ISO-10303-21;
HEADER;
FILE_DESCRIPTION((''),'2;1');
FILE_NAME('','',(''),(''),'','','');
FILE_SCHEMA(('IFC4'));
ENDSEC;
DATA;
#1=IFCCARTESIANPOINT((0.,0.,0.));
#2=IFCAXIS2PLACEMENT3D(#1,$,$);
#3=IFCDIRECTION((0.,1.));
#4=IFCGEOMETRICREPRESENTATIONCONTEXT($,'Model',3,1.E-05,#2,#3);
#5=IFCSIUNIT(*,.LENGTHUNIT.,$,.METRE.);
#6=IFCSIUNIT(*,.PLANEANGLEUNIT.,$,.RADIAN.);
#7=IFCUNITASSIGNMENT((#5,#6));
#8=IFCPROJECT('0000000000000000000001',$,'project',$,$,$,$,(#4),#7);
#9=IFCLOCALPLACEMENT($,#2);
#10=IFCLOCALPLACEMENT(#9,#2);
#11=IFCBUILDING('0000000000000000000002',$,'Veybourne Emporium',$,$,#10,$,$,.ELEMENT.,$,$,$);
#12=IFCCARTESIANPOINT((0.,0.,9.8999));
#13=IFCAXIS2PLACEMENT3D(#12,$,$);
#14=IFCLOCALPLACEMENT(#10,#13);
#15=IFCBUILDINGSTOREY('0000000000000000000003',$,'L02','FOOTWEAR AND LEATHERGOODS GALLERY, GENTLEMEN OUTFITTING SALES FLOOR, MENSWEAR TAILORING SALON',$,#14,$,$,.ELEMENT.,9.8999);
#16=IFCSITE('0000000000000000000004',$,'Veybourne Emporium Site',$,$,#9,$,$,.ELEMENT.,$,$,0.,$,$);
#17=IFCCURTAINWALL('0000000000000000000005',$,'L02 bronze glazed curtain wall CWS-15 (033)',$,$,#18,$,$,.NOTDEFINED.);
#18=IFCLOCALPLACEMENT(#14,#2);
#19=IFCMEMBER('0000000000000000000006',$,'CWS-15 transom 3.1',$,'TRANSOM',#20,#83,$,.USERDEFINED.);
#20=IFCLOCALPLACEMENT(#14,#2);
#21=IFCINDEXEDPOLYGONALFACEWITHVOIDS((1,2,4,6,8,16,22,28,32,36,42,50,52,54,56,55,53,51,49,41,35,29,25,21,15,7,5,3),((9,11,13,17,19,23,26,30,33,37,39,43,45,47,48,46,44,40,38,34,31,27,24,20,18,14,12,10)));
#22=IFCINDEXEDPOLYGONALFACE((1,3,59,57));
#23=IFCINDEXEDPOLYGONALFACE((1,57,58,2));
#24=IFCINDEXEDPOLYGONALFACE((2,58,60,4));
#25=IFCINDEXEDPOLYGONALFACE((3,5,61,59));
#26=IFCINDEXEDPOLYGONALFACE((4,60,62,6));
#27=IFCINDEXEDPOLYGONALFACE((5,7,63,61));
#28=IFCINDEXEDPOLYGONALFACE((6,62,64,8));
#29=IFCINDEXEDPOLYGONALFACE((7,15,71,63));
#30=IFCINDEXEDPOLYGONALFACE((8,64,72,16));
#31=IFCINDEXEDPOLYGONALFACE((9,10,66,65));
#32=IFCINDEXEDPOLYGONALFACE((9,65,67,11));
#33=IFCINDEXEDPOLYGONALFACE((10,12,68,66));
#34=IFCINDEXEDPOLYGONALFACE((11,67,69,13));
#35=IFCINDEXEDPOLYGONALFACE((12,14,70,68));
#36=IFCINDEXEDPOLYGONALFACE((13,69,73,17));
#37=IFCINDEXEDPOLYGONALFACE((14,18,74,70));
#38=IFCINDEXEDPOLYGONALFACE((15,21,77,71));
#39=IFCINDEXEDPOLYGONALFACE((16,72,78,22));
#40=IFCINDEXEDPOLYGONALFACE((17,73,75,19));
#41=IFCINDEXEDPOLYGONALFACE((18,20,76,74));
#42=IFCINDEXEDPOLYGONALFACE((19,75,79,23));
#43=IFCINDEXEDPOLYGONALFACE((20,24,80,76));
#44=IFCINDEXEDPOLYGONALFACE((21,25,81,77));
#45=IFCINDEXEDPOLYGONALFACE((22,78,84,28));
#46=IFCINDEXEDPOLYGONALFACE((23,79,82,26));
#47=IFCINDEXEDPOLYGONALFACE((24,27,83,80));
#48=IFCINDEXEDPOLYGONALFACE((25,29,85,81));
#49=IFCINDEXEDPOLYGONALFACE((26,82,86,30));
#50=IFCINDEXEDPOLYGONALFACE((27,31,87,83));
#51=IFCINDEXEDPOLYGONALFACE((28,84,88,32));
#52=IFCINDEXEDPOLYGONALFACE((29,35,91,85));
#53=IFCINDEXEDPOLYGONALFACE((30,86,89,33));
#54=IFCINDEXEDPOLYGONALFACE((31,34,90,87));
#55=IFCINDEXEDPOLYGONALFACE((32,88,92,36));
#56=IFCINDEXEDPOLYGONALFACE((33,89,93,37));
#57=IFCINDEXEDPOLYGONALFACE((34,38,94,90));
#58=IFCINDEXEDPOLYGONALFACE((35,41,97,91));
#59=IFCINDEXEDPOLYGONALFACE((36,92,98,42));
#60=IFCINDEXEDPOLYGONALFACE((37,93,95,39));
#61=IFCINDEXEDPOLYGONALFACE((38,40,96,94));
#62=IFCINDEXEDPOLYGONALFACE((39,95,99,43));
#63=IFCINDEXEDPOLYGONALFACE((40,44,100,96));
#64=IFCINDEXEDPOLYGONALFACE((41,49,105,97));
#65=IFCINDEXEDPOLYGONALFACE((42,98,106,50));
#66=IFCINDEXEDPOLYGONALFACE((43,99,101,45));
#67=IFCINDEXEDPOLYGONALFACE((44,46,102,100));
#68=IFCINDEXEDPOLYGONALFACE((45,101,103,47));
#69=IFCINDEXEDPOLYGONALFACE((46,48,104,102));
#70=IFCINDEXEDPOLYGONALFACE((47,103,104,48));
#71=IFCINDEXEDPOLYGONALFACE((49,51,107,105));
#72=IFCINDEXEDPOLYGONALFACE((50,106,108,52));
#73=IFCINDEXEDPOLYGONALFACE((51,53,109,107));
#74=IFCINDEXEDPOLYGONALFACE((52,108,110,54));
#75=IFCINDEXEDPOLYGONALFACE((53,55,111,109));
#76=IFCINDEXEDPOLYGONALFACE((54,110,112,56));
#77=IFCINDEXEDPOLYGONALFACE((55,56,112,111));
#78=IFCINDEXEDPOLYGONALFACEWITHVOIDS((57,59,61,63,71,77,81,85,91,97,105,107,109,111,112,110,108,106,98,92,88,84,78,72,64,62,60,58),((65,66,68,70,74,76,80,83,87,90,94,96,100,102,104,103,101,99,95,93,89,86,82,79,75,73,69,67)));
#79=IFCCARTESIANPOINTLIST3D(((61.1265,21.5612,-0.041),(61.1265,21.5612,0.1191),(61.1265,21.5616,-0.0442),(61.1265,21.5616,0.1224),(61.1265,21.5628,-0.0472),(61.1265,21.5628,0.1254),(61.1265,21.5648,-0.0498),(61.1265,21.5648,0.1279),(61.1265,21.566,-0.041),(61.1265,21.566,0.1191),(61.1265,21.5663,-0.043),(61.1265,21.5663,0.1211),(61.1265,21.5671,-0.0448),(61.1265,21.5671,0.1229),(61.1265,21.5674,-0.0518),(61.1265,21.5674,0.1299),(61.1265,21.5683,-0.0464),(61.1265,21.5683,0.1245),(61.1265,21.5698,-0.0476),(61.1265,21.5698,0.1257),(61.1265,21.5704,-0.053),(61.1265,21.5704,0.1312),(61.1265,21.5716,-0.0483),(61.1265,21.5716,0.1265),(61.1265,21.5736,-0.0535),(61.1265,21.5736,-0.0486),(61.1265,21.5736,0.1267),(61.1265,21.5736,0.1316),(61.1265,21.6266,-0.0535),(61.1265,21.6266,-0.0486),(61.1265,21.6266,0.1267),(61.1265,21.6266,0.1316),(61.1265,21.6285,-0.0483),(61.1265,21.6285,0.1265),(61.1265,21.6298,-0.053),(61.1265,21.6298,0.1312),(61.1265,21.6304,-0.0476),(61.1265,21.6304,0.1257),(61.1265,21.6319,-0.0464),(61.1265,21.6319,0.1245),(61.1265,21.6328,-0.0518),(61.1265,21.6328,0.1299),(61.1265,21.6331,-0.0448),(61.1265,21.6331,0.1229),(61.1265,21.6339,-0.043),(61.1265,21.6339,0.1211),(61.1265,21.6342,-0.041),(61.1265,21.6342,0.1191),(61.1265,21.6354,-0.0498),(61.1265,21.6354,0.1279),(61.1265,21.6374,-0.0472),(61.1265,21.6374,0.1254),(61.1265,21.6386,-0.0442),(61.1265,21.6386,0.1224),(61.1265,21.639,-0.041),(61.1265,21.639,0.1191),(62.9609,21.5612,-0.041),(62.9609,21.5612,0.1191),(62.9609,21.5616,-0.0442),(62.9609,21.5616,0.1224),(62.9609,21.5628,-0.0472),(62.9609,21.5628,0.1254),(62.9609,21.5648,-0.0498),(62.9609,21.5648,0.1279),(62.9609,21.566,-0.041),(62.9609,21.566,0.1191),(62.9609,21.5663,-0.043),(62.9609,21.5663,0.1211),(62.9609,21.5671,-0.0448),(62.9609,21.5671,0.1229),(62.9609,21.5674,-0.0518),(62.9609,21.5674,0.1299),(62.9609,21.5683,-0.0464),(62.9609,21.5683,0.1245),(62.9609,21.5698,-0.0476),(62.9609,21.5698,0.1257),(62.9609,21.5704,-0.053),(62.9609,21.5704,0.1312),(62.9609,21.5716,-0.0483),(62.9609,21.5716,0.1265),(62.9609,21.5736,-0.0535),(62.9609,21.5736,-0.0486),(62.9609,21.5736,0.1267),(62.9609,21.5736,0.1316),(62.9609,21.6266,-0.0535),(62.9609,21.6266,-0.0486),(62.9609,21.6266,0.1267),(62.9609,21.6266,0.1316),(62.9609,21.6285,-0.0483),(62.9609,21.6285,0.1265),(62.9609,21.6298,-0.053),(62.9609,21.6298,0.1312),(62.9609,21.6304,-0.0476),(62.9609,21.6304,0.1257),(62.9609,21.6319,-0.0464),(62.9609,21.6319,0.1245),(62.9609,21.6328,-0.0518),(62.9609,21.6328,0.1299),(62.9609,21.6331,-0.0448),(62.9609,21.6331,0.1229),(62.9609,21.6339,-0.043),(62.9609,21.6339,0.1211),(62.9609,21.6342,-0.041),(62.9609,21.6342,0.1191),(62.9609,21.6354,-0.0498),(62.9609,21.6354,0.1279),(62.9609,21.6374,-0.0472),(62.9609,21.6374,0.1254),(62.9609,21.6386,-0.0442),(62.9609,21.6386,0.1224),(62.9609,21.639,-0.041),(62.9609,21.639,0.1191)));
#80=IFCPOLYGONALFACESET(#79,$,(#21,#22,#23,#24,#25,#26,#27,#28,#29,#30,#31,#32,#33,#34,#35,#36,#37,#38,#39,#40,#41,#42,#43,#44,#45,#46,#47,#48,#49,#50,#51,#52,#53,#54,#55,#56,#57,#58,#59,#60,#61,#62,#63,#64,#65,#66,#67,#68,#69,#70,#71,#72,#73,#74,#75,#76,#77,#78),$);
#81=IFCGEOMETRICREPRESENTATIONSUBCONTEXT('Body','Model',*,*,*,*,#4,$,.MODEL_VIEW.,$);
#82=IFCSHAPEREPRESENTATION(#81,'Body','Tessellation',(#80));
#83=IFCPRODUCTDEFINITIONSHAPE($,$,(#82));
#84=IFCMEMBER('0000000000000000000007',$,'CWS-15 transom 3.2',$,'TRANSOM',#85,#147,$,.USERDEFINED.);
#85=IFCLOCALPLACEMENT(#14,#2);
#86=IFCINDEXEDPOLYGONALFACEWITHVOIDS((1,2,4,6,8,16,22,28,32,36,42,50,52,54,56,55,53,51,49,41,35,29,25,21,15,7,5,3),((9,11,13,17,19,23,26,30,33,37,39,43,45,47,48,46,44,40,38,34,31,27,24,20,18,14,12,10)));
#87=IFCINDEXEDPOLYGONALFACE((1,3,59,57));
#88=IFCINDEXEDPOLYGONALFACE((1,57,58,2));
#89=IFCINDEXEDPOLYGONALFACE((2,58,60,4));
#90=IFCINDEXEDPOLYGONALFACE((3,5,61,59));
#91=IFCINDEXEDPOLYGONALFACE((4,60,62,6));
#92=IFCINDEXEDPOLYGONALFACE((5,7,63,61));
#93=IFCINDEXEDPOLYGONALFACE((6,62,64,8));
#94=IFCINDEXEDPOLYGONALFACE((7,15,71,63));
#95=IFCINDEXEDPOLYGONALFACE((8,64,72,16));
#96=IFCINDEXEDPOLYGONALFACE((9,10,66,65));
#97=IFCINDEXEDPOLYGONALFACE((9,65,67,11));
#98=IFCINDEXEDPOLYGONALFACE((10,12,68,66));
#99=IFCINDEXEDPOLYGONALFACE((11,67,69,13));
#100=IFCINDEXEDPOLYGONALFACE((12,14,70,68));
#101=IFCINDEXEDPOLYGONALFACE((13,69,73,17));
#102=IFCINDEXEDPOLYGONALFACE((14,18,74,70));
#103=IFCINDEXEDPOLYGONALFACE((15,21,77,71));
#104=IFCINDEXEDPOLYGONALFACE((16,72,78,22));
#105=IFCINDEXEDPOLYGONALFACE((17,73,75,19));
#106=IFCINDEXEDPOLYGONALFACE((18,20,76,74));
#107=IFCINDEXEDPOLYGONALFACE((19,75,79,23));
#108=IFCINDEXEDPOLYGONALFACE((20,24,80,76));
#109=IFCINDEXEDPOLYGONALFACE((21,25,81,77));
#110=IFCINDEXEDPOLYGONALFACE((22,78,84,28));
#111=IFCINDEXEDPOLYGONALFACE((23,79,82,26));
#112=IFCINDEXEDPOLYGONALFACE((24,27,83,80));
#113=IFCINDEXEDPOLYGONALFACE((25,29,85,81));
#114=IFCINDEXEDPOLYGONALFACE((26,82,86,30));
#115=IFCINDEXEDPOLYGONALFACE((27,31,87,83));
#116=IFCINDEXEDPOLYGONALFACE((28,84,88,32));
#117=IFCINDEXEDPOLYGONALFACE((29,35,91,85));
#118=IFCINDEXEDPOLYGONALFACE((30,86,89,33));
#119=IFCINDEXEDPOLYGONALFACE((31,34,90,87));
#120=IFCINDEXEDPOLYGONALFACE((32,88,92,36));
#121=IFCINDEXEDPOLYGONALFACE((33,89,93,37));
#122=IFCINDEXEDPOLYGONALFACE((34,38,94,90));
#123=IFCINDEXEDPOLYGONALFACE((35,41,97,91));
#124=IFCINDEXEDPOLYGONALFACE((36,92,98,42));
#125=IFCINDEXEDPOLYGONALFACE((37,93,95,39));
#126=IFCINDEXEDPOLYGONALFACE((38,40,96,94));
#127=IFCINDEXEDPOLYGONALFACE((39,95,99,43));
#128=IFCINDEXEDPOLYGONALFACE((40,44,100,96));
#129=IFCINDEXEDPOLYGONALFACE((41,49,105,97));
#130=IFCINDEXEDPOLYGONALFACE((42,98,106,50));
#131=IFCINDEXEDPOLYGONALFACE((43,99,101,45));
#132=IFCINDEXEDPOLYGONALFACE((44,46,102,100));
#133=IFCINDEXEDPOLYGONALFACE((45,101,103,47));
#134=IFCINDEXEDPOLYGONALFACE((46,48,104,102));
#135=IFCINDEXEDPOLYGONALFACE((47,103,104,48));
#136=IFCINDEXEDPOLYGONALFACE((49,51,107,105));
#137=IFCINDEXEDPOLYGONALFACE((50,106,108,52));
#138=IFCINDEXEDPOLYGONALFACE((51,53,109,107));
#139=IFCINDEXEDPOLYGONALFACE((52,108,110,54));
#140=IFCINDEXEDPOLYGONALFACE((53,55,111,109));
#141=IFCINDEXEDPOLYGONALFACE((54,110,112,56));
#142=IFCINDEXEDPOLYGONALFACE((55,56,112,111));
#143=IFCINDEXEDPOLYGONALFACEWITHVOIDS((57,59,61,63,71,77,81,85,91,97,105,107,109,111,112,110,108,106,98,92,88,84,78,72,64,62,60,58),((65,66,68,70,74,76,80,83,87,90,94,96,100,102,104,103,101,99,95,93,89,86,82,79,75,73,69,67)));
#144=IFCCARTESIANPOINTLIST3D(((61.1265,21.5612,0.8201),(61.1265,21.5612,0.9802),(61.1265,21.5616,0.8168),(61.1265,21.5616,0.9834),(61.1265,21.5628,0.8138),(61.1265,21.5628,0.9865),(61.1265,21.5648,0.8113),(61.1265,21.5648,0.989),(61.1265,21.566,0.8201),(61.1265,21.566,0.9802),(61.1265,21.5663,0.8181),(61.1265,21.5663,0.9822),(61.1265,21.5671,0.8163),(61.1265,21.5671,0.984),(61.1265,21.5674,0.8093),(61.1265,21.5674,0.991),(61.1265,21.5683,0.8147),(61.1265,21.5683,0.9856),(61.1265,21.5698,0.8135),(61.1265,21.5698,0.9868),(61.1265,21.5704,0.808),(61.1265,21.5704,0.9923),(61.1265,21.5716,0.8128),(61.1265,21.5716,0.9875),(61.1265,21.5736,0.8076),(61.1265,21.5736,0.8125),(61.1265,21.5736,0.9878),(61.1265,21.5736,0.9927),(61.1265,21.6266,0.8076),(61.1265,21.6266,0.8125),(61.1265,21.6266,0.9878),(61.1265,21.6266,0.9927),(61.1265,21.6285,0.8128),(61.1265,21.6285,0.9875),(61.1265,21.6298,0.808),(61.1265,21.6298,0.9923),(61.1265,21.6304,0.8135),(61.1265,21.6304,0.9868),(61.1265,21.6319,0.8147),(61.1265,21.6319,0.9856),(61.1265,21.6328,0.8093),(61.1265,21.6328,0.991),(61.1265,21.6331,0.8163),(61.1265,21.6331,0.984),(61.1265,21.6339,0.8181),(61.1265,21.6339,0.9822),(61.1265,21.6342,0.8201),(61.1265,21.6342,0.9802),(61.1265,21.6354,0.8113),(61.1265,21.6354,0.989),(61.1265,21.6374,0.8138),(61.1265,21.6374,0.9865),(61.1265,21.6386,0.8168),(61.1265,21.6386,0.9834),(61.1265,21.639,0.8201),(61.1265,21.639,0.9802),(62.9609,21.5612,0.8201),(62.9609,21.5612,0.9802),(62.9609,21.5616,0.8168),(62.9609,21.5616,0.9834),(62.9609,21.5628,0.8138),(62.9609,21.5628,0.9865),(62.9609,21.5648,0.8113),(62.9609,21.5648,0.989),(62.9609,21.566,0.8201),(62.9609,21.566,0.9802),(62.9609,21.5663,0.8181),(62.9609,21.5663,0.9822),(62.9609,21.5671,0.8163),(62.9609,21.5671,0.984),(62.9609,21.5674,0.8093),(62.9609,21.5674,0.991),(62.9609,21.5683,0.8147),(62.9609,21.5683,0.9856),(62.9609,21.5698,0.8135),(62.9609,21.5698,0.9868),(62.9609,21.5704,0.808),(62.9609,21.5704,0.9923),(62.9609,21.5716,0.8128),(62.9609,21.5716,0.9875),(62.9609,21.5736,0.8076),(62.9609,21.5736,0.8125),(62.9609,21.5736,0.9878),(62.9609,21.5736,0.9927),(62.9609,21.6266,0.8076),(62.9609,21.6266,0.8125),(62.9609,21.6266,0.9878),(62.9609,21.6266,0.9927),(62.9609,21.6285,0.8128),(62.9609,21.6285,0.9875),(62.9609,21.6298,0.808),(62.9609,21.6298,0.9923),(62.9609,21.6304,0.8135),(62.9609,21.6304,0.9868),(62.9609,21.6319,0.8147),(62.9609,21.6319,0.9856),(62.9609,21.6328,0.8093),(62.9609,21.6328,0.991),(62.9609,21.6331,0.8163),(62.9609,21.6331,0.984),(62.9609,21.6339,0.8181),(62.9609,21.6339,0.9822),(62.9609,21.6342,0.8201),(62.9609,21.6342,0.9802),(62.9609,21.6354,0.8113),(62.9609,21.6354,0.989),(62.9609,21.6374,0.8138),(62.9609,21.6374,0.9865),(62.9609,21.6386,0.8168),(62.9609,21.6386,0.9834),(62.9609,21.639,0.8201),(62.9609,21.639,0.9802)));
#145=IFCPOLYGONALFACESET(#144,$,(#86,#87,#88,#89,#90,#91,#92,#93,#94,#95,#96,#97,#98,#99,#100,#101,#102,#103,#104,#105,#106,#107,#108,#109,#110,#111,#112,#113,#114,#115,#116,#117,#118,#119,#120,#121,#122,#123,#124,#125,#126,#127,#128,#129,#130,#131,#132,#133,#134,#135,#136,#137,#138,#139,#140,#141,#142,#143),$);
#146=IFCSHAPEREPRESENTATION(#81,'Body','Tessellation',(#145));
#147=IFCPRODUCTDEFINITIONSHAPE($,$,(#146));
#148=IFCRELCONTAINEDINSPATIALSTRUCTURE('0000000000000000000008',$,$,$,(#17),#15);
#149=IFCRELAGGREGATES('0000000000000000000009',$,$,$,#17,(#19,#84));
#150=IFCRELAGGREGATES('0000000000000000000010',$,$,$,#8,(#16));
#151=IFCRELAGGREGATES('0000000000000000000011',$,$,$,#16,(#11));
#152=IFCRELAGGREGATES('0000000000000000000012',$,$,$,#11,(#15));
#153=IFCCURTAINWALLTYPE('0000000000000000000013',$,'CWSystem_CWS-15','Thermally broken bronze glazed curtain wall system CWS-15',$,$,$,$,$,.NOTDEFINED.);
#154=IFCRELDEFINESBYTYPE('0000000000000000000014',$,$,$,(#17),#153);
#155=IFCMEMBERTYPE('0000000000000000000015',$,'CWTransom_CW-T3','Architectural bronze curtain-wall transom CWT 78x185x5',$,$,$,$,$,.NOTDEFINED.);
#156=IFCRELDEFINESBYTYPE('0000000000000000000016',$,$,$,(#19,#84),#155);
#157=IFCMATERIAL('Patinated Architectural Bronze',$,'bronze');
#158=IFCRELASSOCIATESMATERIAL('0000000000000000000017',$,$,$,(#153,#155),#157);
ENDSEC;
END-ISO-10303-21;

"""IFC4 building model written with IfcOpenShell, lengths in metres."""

from ifc_helpers import new_model, si_unit, direction, frame, origin, origin_2d, place, context, subcontext, project, spatial, hollow_rectangle, extrude, material, material_profile, profile_set, type_object, element, aggregate, save


model = new_model("IFC4")

# Units and contexts
model_context = context("Model", 3, precision=1e-05, world=origin(), true_north=direction((0.0, 1.0)))
body_context = subcontext(model_context, "Body", "Model", "MODEL_VIEW")
ifc_project = project(units=[si_unit("LENGTHUNIT", "METRE"), si_unit("PLANEANGLEUNIT", "RADIAN")], contexts=[model_context])

# Site, building, storey
site_placement = place(None, origin())
site = spatial("IfcSite", under=ifc_project, at=site_placement, Name="Veybourne Emporium Site", CompositionType="ELEMENT", RefElevation=0.0)
building_placement = place(site_placement, origin())
building = spatial("IfcBuilding", under=site, at=building_placement, Name="Veybourne Emporium", CompositionType="ELEMENT")
storey_placement = place(building_placement, frame((0.0, 0.0, 9.8999)))
storey = spatial("IfcBuildingStorey", under=building, at=storey_placement, Name="L02", Description="FOOTWEAR AND LEATHERGOODS GALLERY, GENTLEMEN OUTFITTING SALES FLOOR, MENSWEAR TAILORING SALON", CompositionType="ELEMENT", Elevation=9.8999)

# Curtain wall
ifc_material_1 = material(Name="Patinated Architectural Bronze", Category="bronze")
curtain_wall_type_1 = type_object("IfcCurtainWallType", Name="CWSystem_CWS-15", Description="Thermally broken bronze glazed curtain wall system CWS-15", PredefinedType="NOTDEFINED", material=ifc_material_1)
curtain_wall_1_placement = place(storey_placement, origin())
curtain_wall_1 = element("IfcCurtainWall", 1, at=curtain_wall_1_placement, inside=storey, type_object=curtain_wall_type_1, Name="L02 bronze glazed curtain wall CWS-15 (033)", PredefinedType="NOTDEFINED")

# Members
ifc_material_profile_1 = material_profile(ifc_material_1, hollow_rectangle(XDim=0.0779, YDim=0.1851, WallThickness=0.0049, InnerFilletRadius=0.0076, OuterFilletRadius=0.0125, at=origin_2d()), Name="CWT 78x185x5")
ifc_profile_set_1 = profile_set([ifc_material_profile_1], Name="Patinated Architectural Bronze")
member_type_1 = type_object("IfcMemberType", Name="CWTransom_CW-T3", Description="Architectural bronze curtain-wall transom CWT 78x185x5", PredefinedType="NOTDEFINED", material=ifc_profile_set_1)
member_1_placement = place(storey_placement, frame((62.9609, 21.6001, 0.0391), z_axis=(-1.0, 0.0, 0.0), x_axis=(0.0, -1.0, 0.0)))
member_1 = element("IfcMember", 2, at=member_1_placement, type_object=member_type_1, Name="CWS-15 transom 3.1", ObjectType="TRANSOM", PredefinedType="USERDEFINED", context=body_context, shape_type="SweptSolid", body=[
    extrude(hollow_rectangle(XDim=0.0779, YDim=0.1851, WallThickness=0.0049, InnerFilletRadius=0.0076, OuterFilletRadius=0.0125, at=origin_2d()), origin(), (0.0, 0.0, 1.0), 1.8345),
])
member_2_placement = place(storey_placement, frame((62.9609, 21.6001, 0.9001), z_axis=(-1.0, 0.0, 0.0), x_axis=(0.0, -1.0, 0.0)))
member_2 = element("IfcMember", 3, at=member_2_placement, type_object=member_type_1, Name="CWS-15 transom 3.2", ObjectType="TRANSOM", PredefinedType="USERDEFINED", context=body_context, shape_type="SweptSolid", body=[
    extrude(hollow_rectangle(XDim=0.0779, YDim=0.1851, WallThickness=0.0049, InnerFilletRadius=0.0076, OuterFilletRadius=0.0125, at=origin_2d()), origin(), (0.0, 0.0, 1.0), 1.8345),
])

aggregate(curtain_wall_1, [member_1, member_2])

save(model, "model.ifc")
